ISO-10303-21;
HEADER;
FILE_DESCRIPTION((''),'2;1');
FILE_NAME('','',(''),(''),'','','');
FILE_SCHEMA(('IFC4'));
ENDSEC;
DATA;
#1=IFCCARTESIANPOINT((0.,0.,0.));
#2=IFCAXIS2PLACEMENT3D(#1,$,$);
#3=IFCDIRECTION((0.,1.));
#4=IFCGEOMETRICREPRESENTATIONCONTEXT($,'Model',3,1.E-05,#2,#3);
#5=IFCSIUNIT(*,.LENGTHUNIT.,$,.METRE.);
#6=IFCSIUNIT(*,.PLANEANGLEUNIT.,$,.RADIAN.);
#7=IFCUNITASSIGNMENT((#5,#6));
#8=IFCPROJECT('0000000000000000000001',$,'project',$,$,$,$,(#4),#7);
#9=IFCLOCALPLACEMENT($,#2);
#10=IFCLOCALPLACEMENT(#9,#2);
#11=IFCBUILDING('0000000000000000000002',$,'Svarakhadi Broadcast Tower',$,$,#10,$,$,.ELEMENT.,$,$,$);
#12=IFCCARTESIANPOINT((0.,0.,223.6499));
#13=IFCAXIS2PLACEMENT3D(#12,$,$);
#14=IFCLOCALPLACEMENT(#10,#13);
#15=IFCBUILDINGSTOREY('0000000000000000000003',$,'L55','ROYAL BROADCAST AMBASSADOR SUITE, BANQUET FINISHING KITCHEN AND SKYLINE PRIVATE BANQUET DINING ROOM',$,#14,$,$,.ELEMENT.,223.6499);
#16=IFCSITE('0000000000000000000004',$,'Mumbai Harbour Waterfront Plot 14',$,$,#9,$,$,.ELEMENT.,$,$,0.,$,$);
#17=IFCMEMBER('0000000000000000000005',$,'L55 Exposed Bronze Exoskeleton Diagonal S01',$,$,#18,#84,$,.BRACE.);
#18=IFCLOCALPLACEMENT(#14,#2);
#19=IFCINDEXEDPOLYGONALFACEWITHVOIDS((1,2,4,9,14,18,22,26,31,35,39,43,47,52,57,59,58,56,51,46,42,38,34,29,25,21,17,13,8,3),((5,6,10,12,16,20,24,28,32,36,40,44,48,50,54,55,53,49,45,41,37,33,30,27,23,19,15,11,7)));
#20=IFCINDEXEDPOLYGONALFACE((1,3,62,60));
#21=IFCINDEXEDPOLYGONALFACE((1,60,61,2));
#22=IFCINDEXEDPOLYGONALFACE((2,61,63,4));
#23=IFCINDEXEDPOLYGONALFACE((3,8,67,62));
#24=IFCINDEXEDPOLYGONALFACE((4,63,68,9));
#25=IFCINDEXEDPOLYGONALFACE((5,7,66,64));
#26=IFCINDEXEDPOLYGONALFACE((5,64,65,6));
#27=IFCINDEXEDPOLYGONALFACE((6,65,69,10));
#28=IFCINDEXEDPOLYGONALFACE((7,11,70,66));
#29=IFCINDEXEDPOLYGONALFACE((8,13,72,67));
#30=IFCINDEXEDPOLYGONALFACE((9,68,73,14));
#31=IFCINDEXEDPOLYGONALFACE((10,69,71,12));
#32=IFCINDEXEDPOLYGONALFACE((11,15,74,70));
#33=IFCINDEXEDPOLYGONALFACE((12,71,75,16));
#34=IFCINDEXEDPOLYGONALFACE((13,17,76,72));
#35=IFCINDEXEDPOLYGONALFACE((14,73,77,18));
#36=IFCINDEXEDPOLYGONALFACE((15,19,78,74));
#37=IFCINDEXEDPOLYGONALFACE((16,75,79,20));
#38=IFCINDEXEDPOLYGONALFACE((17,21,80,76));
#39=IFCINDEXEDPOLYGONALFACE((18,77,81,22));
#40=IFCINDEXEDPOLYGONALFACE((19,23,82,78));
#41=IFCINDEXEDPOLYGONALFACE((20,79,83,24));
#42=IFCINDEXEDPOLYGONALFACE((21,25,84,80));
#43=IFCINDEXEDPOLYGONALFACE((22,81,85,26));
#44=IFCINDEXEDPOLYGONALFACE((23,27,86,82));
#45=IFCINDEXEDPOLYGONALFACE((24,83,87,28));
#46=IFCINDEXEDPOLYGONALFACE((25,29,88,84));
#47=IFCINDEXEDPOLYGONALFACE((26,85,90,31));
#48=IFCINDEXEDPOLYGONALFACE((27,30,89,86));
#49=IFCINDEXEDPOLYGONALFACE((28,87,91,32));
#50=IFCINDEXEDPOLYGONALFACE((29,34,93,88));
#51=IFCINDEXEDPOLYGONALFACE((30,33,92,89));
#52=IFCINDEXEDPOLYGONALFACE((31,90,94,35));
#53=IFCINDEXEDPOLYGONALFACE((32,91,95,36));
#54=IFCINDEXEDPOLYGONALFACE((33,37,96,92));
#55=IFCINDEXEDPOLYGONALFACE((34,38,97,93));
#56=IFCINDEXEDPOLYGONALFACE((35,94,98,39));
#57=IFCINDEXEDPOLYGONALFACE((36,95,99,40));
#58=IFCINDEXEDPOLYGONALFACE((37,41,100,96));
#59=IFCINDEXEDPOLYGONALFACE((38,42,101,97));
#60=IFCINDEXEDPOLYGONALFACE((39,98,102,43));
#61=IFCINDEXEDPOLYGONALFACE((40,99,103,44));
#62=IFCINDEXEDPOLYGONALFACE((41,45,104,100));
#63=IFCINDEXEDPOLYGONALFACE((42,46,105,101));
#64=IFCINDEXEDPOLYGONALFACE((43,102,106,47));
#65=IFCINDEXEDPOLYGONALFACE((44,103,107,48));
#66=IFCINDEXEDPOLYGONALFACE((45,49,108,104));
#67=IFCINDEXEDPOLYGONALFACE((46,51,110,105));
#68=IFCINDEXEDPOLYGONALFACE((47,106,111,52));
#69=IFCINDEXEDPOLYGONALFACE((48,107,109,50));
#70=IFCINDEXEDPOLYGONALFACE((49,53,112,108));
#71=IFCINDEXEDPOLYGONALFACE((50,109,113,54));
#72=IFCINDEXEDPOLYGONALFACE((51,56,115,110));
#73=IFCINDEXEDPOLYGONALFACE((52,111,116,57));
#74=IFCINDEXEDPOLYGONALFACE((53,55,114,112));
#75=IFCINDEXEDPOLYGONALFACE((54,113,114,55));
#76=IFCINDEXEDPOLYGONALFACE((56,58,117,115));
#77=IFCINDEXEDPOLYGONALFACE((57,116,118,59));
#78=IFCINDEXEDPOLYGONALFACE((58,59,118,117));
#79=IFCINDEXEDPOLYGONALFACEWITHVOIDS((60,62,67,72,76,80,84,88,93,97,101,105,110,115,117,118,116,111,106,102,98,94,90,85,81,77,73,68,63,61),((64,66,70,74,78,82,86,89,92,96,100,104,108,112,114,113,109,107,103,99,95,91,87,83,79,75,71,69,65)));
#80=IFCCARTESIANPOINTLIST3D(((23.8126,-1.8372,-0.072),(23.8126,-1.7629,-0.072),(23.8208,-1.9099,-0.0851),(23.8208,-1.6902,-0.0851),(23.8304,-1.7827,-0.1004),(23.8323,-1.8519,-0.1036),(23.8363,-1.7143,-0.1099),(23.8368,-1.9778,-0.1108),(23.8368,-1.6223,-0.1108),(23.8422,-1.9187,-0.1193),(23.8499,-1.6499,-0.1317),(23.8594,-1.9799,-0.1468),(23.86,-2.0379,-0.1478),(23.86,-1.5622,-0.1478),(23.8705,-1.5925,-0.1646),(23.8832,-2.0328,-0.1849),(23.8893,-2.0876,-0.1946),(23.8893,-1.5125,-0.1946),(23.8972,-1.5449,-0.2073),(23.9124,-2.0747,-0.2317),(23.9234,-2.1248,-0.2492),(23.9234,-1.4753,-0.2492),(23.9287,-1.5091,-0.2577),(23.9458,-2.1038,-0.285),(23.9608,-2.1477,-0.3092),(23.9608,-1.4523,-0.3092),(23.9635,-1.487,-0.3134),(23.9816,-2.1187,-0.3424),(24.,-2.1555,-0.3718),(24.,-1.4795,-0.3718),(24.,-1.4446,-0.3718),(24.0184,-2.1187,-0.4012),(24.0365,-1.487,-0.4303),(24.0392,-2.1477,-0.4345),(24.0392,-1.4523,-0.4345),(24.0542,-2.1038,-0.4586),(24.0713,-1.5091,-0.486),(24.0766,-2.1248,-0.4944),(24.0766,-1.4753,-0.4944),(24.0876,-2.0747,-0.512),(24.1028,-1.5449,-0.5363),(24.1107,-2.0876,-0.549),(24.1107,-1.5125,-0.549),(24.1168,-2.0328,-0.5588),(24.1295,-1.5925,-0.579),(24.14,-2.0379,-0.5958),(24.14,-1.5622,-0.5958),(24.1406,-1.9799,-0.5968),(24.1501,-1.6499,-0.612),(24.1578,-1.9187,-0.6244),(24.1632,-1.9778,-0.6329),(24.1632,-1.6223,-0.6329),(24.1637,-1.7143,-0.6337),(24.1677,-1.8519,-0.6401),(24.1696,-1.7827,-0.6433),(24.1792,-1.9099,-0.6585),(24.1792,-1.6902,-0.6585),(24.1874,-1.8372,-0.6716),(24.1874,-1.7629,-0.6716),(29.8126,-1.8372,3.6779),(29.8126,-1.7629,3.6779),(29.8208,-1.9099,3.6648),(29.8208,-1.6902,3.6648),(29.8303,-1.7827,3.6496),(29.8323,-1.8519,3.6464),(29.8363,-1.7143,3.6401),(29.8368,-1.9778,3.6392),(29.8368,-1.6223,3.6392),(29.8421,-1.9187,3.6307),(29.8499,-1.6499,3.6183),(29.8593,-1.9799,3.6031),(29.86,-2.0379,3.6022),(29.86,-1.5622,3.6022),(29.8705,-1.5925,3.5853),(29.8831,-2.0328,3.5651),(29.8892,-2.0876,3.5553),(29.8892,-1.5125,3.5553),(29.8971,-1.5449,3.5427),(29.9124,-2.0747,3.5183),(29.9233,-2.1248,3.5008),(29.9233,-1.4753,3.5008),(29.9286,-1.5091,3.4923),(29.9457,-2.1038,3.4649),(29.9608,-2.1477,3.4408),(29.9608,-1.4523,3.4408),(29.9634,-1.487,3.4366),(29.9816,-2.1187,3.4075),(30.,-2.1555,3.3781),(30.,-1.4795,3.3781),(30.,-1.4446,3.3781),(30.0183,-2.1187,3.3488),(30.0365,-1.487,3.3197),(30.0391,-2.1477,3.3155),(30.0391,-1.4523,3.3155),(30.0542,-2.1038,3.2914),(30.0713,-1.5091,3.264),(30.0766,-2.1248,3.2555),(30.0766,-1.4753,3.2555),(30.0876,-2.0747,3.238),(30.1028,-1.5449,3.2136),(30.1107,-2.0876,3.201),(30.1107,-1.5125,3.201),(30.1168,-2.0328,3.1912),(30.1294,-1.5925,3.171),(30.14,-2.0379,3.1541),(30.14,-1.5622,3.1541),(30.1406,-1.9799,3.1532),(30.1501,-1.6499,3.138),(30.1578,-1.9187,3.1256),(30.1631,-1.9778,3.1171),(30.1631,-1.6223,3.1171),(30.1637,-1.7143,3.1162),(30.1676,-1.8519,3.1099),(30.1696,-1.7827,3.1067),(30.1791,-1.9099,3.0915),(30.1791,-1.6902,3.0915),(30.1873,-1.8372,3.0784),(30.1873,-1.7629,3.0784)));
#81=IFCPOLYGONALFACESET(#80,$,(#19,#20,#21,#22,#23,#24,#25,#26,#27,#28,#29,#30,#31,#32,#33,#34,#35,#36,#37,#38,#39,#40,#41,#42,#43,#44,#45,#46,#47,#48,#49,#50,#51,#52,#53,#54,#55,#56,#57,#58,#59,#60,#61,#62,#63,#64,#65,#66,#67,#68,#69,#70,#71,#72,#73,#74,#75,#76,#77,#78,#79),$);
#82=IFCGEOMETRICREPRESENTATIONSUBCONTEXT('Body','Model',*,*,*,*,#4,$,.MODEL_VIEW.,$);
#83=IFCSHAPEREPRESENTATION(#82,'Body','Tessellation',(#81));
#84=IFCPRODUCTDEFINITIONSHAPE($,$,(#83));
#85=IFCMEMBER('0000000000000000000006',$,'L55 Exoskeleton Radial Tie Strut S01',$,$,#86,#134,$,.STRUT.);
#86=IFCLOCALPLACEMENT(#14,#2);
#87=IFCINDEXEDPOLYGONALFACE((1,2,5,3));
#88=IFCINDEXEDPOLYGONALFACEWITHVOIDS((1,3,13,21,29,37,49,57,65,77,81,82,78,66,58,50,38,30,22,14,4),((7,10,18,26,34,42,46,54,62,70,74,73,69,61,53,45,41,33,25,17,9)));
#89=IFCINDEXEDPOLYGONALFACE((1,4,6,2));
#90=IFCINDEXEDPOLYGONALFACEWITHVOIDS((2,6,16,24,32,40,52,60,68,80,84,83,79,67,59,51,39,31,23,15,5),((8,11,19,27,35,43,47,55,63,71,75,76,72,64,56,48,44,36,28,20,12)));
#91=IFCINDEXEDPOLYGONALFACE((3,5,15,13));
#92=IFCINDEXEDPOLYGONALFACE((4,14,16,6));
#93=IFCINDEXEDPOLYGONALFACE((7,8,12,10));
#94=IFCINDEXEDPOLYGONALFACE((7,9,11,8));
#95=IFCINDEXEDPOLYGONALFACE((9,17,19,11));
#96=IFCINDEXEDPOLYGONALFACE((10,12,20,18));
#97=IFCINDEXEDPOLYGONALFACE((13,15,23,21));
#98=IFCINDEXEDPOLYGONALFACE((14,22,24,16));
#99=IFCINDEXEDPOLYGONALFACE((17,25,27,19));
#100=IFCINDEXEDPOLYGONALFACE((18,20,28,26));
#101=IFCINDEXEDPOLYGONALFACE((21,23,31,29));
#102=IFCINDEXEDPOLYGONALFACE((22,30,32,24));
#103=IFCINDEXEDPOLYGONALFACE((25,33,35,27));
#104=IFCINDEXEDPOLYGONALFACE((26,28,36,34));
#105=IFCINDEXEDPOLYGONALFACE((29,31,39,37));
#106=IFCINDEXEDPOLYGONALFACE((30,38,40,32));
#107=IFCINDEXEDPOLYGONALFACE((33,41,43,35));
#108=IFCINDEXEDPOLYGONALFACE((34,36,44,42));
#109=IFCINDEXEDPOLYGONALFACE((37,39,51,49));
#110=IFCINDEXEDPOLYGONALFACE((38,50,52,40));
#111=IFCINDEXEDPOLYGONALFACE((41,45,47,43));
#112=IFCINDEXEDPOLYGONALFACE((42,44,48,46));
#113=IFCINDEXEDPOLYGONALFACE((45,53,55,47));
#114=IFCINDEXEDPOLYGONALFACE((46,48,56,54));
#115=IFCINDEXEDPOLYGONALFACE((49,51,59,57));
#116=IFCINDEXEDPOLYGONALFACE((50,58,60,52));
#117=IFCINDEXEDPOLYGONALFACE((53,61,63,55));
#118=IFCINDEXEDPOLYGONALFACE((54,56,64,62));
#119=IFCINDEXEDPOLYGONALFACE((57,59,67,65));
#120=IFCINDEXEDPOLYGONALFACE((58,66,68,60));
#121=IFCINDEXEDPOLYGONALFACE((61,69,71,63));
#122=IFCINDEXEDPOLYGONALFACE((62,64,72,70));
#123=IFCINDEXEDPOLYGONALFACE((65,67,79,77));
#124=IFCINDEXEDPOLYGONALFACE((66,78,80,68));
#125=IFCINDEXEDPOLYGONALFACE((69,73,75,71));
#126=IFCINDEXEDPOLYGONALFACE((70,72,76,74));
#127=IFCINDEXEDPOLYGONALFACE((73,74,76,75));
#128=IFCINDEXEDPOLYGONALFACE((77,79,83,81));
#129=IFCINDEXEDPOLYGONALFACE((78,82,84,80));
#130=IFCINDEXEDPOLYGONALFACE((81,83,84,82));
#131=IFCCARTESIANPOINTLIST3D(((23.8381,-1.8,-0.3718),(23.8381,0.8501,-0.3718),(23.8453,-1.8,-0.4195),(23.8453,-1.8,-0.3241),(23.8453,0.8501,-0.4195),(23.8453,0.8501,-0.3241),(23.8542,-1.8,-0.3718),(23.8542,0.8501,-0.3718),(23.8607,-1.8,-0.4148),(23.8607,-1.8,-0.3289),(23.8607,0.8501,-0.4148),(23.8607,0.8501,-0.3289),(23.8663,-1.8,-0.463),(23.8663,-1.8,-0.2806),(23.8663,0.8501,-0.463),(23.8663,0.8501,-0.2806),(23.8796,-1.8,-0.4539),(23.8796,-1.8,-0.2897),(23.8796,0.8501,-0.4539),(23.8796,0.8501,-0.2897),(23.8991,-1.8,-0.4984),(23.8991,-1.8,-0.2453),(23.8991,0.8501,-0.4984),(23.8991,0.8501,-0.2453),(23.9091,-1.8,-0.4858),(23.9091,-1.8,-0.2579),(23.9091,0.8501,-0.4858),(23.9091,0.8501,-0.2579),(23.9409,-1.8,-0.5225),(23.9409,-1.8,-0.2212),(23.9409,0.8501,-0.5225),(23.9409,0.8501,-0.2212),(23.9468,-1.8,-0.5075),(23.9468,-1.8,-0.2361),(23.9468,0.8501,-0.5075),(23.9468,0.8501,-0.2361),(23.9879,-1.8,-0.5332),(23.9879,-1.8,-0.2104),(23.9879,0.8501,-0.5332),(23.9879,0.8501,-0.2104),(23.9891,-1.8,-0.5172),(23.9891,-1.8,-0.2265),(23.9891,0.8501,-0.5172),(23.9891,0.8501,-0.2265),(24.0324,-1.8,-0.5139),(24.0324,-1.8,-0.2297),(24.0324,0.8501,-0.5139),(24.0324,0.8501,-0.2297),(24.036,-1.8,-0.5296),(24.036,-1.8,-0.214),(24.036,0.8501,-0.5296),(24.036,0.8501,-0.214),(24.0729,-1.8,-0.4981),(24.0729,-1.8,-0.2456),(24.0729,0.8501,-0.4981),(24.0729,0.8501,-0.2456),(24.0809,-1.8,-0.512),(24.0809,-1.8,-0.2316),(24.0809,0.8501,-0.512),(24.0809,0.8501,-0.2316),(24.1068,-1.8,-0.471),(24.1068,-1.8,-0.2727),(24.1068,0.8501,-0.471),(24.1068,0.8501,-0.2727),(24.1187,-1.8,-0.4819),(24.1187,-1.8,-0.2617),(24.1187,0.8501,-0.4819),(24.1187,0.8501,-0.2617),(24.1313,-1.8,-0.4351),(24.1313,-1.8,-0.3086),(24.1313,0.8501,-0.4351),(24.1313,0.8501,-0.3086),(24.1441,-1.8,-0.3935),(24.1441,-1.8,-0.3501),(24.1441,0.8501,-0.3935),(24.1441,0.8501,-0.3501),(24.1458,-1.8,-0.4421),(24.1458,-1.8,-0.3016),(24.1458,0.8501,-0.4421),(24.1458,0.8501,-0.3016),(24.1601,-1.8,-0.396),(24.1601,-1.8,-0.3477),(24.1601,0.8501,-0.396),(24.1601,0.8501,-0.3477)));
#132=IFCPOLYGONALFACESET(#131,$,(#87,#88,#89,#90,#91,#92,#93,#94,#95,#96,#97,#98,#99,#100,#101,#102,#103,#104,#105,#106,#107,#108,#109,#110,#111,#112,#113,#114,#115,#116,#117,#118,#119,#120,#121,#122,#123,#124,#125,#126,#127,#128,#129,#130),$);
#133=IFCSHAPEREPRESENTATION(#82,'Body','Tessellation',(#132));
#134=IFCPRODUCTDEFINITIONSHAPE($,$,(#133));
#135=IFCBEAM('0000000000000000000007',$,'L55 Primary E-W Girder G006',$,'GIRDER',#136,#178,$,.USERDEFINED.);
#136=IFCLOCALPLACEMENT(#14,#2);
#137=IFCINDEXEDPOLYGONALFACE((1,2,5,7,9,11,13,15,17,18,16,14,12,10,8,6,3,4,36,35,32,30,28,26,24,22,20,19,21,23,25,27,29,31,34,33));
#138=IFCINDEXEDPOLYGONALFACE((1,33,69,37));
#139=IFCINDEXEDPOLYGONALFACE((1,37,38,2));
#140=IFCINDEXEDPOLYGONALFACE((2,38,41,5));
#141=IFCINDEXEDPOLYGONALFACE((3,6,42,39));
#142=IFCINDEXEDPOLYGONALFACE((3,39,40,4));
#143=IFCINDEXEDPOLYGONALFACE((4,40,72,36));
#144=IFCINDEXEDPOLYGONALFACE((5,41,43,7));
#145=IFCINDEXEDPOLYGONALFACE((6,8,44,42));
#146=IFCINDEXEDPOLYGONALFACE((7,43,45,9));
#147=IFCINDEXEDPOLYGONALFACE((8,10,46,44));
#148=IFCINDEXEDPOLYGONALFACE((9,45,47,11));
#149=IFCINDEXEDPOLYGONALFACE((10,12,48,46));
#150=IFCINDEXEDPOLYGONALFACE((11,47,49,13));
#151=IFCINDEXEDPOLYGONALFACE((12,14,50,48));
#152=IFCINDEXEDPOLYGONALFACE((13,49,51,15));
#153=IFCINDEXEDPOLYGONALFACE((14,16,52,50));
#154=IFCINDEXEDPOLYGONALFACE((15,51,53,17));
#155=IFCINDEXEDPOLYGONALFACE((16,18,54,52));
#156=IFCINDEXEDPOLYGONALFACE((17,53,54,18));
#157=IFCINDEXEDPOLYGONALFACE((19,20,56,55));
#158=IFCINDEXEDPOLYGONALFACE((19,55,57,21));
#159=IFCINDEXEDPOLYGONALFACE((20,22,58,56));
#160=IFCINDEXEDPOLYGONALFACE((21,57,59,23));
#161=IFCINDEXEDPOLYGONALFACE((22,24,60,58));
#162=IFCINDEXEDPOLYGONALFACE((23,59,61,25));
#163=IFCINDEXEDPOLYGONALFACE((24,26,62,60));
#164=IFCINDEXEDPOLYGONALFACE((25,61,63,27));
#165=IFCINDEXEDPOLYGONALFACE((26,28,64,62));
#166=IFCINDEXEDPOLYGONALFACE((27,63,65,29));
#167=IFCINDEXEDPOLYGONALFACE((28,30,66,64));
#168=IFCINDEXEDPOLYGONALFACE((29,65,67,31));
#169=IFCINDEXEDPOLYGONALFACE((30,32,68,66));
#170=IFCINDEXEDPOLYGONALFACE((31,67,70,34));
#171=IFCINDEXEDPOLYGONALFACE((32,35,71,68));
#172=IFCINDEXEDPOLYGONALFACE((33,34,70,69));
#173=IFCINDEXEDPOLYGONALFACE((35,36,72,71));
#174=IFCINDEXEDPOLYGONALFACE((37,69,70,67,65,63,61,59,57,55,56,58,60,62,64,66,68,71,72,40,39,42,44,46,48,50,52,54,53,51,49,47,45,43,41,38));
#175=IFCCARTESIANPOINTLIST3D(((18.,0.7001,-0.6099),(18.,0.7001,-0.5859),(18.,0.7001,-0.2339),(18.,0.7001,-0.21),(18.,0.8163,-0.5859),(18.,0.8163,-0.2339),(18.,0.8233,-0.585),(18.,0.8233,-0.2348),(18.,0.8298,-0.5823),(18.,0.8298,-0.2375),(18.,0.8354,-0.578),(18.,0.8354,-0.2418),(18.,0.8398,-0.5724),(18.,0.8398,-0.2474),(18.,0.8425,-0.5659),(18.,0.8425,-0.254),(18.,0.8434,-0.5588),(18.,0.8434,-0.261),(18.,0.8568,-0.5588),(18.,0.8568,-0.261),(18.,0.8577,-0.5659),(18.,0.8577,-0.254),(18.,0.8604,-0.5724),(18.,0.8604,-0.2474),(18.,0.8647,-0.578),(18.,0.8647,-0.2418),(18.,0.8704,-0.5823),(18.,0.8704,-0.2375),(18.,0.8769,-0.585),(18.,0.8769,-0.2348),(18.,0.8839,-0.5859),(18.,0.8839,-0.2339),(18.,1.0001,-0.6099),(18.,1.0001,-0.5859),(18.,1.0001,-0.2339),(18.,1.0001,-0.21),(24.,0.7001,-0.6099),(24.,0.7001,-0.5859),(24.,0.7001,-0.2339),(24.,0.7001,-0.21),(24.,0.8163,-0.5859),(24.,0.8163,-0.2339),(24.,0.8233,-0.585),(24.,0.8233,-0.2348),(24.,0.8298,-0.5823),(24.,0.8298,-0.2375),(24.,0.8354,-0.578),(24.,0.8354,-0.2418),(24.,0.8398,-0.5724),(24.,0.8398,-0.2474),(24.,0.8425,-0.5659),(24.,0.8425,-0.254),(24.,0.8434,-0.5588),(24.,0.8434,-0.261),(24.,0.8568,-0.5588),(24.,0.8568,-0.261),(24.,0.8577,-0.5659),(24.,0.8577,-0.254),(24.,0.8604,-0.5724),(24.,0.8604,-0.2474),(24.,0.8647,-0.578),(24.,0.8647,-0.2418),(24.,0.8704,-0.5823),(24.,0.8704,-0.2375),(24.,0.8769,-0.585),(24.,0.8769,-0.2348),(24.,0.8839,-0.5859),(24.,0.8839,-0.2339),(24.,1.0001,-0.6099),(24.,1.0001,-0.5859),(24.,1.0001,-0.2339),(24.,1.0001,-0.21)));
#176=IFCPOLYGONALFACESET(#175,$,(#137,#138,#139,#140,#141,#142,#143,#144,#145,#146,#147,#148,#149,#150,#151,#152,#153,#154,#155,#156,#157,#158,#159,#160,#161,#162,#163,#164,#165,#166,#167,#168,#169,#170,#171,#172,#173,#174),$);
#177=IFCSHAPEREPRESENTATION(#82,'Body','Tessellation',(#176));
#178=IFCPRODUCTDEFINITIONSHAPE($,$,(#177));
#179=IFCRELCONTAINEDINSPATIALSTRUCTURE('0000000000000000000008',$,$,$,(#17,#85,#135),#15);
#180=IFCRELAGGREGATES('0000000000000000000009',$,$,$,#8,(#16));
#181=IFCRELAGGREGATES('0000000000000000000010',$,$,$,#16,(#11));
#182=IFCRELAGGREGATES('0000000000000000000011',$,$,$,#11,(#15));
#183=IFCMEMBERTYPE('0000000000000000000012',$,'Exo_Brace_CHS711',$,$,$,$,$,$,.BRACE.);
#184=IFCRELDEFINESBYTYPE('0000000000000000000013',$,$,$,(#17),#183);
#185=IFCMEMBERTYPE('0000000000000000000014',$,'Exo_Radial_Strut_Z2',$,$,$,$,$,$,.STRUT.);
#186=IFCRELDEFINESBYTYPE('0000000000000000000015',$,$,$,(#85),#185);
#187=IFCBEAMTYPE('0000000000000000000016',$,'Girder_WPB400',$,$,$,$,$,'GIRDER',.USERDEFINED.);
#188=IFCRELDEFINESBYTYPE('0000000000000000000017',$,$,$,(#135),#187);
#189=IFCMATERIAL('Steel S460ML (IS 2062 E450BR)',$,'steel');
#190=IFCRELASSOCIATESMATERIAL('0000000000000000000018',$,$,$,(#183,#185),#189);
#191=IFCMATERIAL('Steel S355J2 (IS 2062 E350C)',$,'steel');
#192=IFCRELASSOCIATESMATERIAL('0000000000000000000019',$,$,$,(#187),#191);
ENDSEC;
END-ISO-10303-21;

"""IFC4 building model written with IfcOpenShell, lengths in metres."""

from ifc_helpers import new_model, si_unit, direction, frame, origin, origin_2d, place, context, subcontext, project, spatial, hollow_circle, i_section, extrude, material, material_profile, profile_set, type_object, element, save


model = new_model("IFC4")

# Units and contexts
model_context = context("Model", 3, precision=1e-05, world=origin(), true_north=direction((0.0, 1.0)))
body_context = subcontext(model_context, "Body", "Model", "MODEL_VIEW")
ifc_project = project(units=[si_unit("LENGTHUNIT", "METRE"), si_unit("PLANEANGLEUNIT", "RADIAN")], contexts=[model_context])

# Site, building, storey
site_placement = place(None, origin())
site = spatial("IfcSite", under=ifc_project, at=site_placement, Name="Mumbai Harbour Waterfront Plot 14", CompositionType="ELEMENT", RefElevation=0.0)
building_placement = place(site_placement, origin())
building = spatial("IfcBuilding", under=site, at=building_placement, Name="Svarakhadi Broadcast Tower", CompositionType="ELEMENT")
storey_placement = place(building_placement, frame((0.0, 0.0, 223.6499)))
storey = spatial("IfcBuildingStorey", under=building, at=storey_placement, Name="L55", Description="ROYAL BROADCAST AMBASSADOR SUITE, BANQUET FINISHING KITCHEN AND SKYLINE PRIVATE BANQUET DINING ROOM", CompositionType="ELEMENT", Elevation=223.6499)

# Members
ifc_material_1 = material(Name="Steel S460ML (IS 2062 E450BR)", Category="steel")
ifc_material_profile_1 = material_profile(ifc_material_1, hollow_circle(Radius=0.3555, WallThickness=0.0349, at=origin_2d()), Name="CHS 711x35")
ifc_profile_set_1 = profile_set([ifc_material_profile_1], Name="Steel S460ML (IS 2062 E450BR)")
member_type_1 = type_object("IfcMemberType", Name="Exo_Brace_CHS711", PredefinedType="BRACE", material=ifc_profile_set_1)
member_1_placement = place(storey_placement, frame((24.0, -1.8, -0.3718), z_axis=(0.847998, 0.0, 0.529999), x_axis=(0.0, 1.0, 0.0)))
element("IfcMember", 1, at=member_1_placement, inside=storey, type_object=member_type_1, Name="L55 Exposed Bronze Exoskeleton Diagonal S01", PredefinedType="BRACE", context=body_context, shape_type="SweptSolid", body=[
    extrude(hollow_circle(Radius=0.3555, WallThickness=0.0349, at=origin_2d()), origin(), (0.0, 0.0, 1.0), 7.0754),
])
ifc_material_profile_2 = material_profile(ifc_material_1, hollow_circle(Radius=0.1619, WallThickness=0.0161, at=origin_2d()), Name="CHS 323.9x16")
ifc_profile_set_2 = profile_set([ifc_material_profile_2], Name="Steel S460ML (IS 2062 E450BR)")
member_type_2 = type_object("IfcMemberType", Name="Exo_Radial_Strut_Z2", PredefinedType="STRUT", material=ifc_profile_set_2)
member_2_placement = place(storey_placement, frame((24.0, -1.8, -0.3718), z_axis=(0.0, 1.0, 0.0), x_axis=(-1.0, 0.0, 0.0)))
element("IfcMember", 2, at=member_2_placement, inside=storey, type_object=member_type_2, Name="L55 Exoskeleton Radial Tie Strut S01", PredefinedType="STRUT", context=body_context, shape_type="SweptSolid", body=[
    extrude(hollow_circle(Radius=0.1619, WallThickness=0.0161, at=origin_2d()), origin(), (0.0, 0.0, 1.0), 2.6501),
])

# Beam
ifc_material_2 = material(Name="Steel S355J2 (IS 2062 E350C)", Category="steel")
ifc_material_profile_3 = material_profile(ifc_material_2, i_section(OverallWidth=0.3, OverallDepth=0.3999, WebThickness=0.0134, FlangeThickness=0.0239, FilletRadius=0.0271, at=origin_2d()), Name="WPB 400x300x155")
ifc_profile_set_3 = profile_set([ifc_material_profile_3], Name="Steel S355J2 (IS 2062 E350C)")
beam_type_1 = type_object("IfcBeamType", Name="Girder_WPB400", ElementType="GIRDER", PredefinedType="USERDEFINED", material=ifc_profile_set_3)
for number, where, z_axis, x_axis, name in (
    (3, (18.0, 0.8501, -0.4099), (1.0, 0.0, 0.0), (0.0, 1.0, 0.0), "L55 Primary E-W Girder G006"),
):
    element("IfcBeam", number, at=place(storey_placement, frame(where, z_axis=z_axis, x_axis=x_axis)), inside=storey, type_object=beam_type_1, Name=name, ObjectType="GIRDER", PredefinedType="USERDEFINED", context=body_context, shape_type="SweptSolid", body=[
        extrude(i_section(OverallWidth=0.3, OverallDepth=0.3999, WebThickness=0.0134, FlangeThickness=0.0239, FilletRadius=0.0271, at=origin_2d()), origin(), (0.0, 0.0, 1.0), 6.0),
    ])

save(model, "model.ifc")
